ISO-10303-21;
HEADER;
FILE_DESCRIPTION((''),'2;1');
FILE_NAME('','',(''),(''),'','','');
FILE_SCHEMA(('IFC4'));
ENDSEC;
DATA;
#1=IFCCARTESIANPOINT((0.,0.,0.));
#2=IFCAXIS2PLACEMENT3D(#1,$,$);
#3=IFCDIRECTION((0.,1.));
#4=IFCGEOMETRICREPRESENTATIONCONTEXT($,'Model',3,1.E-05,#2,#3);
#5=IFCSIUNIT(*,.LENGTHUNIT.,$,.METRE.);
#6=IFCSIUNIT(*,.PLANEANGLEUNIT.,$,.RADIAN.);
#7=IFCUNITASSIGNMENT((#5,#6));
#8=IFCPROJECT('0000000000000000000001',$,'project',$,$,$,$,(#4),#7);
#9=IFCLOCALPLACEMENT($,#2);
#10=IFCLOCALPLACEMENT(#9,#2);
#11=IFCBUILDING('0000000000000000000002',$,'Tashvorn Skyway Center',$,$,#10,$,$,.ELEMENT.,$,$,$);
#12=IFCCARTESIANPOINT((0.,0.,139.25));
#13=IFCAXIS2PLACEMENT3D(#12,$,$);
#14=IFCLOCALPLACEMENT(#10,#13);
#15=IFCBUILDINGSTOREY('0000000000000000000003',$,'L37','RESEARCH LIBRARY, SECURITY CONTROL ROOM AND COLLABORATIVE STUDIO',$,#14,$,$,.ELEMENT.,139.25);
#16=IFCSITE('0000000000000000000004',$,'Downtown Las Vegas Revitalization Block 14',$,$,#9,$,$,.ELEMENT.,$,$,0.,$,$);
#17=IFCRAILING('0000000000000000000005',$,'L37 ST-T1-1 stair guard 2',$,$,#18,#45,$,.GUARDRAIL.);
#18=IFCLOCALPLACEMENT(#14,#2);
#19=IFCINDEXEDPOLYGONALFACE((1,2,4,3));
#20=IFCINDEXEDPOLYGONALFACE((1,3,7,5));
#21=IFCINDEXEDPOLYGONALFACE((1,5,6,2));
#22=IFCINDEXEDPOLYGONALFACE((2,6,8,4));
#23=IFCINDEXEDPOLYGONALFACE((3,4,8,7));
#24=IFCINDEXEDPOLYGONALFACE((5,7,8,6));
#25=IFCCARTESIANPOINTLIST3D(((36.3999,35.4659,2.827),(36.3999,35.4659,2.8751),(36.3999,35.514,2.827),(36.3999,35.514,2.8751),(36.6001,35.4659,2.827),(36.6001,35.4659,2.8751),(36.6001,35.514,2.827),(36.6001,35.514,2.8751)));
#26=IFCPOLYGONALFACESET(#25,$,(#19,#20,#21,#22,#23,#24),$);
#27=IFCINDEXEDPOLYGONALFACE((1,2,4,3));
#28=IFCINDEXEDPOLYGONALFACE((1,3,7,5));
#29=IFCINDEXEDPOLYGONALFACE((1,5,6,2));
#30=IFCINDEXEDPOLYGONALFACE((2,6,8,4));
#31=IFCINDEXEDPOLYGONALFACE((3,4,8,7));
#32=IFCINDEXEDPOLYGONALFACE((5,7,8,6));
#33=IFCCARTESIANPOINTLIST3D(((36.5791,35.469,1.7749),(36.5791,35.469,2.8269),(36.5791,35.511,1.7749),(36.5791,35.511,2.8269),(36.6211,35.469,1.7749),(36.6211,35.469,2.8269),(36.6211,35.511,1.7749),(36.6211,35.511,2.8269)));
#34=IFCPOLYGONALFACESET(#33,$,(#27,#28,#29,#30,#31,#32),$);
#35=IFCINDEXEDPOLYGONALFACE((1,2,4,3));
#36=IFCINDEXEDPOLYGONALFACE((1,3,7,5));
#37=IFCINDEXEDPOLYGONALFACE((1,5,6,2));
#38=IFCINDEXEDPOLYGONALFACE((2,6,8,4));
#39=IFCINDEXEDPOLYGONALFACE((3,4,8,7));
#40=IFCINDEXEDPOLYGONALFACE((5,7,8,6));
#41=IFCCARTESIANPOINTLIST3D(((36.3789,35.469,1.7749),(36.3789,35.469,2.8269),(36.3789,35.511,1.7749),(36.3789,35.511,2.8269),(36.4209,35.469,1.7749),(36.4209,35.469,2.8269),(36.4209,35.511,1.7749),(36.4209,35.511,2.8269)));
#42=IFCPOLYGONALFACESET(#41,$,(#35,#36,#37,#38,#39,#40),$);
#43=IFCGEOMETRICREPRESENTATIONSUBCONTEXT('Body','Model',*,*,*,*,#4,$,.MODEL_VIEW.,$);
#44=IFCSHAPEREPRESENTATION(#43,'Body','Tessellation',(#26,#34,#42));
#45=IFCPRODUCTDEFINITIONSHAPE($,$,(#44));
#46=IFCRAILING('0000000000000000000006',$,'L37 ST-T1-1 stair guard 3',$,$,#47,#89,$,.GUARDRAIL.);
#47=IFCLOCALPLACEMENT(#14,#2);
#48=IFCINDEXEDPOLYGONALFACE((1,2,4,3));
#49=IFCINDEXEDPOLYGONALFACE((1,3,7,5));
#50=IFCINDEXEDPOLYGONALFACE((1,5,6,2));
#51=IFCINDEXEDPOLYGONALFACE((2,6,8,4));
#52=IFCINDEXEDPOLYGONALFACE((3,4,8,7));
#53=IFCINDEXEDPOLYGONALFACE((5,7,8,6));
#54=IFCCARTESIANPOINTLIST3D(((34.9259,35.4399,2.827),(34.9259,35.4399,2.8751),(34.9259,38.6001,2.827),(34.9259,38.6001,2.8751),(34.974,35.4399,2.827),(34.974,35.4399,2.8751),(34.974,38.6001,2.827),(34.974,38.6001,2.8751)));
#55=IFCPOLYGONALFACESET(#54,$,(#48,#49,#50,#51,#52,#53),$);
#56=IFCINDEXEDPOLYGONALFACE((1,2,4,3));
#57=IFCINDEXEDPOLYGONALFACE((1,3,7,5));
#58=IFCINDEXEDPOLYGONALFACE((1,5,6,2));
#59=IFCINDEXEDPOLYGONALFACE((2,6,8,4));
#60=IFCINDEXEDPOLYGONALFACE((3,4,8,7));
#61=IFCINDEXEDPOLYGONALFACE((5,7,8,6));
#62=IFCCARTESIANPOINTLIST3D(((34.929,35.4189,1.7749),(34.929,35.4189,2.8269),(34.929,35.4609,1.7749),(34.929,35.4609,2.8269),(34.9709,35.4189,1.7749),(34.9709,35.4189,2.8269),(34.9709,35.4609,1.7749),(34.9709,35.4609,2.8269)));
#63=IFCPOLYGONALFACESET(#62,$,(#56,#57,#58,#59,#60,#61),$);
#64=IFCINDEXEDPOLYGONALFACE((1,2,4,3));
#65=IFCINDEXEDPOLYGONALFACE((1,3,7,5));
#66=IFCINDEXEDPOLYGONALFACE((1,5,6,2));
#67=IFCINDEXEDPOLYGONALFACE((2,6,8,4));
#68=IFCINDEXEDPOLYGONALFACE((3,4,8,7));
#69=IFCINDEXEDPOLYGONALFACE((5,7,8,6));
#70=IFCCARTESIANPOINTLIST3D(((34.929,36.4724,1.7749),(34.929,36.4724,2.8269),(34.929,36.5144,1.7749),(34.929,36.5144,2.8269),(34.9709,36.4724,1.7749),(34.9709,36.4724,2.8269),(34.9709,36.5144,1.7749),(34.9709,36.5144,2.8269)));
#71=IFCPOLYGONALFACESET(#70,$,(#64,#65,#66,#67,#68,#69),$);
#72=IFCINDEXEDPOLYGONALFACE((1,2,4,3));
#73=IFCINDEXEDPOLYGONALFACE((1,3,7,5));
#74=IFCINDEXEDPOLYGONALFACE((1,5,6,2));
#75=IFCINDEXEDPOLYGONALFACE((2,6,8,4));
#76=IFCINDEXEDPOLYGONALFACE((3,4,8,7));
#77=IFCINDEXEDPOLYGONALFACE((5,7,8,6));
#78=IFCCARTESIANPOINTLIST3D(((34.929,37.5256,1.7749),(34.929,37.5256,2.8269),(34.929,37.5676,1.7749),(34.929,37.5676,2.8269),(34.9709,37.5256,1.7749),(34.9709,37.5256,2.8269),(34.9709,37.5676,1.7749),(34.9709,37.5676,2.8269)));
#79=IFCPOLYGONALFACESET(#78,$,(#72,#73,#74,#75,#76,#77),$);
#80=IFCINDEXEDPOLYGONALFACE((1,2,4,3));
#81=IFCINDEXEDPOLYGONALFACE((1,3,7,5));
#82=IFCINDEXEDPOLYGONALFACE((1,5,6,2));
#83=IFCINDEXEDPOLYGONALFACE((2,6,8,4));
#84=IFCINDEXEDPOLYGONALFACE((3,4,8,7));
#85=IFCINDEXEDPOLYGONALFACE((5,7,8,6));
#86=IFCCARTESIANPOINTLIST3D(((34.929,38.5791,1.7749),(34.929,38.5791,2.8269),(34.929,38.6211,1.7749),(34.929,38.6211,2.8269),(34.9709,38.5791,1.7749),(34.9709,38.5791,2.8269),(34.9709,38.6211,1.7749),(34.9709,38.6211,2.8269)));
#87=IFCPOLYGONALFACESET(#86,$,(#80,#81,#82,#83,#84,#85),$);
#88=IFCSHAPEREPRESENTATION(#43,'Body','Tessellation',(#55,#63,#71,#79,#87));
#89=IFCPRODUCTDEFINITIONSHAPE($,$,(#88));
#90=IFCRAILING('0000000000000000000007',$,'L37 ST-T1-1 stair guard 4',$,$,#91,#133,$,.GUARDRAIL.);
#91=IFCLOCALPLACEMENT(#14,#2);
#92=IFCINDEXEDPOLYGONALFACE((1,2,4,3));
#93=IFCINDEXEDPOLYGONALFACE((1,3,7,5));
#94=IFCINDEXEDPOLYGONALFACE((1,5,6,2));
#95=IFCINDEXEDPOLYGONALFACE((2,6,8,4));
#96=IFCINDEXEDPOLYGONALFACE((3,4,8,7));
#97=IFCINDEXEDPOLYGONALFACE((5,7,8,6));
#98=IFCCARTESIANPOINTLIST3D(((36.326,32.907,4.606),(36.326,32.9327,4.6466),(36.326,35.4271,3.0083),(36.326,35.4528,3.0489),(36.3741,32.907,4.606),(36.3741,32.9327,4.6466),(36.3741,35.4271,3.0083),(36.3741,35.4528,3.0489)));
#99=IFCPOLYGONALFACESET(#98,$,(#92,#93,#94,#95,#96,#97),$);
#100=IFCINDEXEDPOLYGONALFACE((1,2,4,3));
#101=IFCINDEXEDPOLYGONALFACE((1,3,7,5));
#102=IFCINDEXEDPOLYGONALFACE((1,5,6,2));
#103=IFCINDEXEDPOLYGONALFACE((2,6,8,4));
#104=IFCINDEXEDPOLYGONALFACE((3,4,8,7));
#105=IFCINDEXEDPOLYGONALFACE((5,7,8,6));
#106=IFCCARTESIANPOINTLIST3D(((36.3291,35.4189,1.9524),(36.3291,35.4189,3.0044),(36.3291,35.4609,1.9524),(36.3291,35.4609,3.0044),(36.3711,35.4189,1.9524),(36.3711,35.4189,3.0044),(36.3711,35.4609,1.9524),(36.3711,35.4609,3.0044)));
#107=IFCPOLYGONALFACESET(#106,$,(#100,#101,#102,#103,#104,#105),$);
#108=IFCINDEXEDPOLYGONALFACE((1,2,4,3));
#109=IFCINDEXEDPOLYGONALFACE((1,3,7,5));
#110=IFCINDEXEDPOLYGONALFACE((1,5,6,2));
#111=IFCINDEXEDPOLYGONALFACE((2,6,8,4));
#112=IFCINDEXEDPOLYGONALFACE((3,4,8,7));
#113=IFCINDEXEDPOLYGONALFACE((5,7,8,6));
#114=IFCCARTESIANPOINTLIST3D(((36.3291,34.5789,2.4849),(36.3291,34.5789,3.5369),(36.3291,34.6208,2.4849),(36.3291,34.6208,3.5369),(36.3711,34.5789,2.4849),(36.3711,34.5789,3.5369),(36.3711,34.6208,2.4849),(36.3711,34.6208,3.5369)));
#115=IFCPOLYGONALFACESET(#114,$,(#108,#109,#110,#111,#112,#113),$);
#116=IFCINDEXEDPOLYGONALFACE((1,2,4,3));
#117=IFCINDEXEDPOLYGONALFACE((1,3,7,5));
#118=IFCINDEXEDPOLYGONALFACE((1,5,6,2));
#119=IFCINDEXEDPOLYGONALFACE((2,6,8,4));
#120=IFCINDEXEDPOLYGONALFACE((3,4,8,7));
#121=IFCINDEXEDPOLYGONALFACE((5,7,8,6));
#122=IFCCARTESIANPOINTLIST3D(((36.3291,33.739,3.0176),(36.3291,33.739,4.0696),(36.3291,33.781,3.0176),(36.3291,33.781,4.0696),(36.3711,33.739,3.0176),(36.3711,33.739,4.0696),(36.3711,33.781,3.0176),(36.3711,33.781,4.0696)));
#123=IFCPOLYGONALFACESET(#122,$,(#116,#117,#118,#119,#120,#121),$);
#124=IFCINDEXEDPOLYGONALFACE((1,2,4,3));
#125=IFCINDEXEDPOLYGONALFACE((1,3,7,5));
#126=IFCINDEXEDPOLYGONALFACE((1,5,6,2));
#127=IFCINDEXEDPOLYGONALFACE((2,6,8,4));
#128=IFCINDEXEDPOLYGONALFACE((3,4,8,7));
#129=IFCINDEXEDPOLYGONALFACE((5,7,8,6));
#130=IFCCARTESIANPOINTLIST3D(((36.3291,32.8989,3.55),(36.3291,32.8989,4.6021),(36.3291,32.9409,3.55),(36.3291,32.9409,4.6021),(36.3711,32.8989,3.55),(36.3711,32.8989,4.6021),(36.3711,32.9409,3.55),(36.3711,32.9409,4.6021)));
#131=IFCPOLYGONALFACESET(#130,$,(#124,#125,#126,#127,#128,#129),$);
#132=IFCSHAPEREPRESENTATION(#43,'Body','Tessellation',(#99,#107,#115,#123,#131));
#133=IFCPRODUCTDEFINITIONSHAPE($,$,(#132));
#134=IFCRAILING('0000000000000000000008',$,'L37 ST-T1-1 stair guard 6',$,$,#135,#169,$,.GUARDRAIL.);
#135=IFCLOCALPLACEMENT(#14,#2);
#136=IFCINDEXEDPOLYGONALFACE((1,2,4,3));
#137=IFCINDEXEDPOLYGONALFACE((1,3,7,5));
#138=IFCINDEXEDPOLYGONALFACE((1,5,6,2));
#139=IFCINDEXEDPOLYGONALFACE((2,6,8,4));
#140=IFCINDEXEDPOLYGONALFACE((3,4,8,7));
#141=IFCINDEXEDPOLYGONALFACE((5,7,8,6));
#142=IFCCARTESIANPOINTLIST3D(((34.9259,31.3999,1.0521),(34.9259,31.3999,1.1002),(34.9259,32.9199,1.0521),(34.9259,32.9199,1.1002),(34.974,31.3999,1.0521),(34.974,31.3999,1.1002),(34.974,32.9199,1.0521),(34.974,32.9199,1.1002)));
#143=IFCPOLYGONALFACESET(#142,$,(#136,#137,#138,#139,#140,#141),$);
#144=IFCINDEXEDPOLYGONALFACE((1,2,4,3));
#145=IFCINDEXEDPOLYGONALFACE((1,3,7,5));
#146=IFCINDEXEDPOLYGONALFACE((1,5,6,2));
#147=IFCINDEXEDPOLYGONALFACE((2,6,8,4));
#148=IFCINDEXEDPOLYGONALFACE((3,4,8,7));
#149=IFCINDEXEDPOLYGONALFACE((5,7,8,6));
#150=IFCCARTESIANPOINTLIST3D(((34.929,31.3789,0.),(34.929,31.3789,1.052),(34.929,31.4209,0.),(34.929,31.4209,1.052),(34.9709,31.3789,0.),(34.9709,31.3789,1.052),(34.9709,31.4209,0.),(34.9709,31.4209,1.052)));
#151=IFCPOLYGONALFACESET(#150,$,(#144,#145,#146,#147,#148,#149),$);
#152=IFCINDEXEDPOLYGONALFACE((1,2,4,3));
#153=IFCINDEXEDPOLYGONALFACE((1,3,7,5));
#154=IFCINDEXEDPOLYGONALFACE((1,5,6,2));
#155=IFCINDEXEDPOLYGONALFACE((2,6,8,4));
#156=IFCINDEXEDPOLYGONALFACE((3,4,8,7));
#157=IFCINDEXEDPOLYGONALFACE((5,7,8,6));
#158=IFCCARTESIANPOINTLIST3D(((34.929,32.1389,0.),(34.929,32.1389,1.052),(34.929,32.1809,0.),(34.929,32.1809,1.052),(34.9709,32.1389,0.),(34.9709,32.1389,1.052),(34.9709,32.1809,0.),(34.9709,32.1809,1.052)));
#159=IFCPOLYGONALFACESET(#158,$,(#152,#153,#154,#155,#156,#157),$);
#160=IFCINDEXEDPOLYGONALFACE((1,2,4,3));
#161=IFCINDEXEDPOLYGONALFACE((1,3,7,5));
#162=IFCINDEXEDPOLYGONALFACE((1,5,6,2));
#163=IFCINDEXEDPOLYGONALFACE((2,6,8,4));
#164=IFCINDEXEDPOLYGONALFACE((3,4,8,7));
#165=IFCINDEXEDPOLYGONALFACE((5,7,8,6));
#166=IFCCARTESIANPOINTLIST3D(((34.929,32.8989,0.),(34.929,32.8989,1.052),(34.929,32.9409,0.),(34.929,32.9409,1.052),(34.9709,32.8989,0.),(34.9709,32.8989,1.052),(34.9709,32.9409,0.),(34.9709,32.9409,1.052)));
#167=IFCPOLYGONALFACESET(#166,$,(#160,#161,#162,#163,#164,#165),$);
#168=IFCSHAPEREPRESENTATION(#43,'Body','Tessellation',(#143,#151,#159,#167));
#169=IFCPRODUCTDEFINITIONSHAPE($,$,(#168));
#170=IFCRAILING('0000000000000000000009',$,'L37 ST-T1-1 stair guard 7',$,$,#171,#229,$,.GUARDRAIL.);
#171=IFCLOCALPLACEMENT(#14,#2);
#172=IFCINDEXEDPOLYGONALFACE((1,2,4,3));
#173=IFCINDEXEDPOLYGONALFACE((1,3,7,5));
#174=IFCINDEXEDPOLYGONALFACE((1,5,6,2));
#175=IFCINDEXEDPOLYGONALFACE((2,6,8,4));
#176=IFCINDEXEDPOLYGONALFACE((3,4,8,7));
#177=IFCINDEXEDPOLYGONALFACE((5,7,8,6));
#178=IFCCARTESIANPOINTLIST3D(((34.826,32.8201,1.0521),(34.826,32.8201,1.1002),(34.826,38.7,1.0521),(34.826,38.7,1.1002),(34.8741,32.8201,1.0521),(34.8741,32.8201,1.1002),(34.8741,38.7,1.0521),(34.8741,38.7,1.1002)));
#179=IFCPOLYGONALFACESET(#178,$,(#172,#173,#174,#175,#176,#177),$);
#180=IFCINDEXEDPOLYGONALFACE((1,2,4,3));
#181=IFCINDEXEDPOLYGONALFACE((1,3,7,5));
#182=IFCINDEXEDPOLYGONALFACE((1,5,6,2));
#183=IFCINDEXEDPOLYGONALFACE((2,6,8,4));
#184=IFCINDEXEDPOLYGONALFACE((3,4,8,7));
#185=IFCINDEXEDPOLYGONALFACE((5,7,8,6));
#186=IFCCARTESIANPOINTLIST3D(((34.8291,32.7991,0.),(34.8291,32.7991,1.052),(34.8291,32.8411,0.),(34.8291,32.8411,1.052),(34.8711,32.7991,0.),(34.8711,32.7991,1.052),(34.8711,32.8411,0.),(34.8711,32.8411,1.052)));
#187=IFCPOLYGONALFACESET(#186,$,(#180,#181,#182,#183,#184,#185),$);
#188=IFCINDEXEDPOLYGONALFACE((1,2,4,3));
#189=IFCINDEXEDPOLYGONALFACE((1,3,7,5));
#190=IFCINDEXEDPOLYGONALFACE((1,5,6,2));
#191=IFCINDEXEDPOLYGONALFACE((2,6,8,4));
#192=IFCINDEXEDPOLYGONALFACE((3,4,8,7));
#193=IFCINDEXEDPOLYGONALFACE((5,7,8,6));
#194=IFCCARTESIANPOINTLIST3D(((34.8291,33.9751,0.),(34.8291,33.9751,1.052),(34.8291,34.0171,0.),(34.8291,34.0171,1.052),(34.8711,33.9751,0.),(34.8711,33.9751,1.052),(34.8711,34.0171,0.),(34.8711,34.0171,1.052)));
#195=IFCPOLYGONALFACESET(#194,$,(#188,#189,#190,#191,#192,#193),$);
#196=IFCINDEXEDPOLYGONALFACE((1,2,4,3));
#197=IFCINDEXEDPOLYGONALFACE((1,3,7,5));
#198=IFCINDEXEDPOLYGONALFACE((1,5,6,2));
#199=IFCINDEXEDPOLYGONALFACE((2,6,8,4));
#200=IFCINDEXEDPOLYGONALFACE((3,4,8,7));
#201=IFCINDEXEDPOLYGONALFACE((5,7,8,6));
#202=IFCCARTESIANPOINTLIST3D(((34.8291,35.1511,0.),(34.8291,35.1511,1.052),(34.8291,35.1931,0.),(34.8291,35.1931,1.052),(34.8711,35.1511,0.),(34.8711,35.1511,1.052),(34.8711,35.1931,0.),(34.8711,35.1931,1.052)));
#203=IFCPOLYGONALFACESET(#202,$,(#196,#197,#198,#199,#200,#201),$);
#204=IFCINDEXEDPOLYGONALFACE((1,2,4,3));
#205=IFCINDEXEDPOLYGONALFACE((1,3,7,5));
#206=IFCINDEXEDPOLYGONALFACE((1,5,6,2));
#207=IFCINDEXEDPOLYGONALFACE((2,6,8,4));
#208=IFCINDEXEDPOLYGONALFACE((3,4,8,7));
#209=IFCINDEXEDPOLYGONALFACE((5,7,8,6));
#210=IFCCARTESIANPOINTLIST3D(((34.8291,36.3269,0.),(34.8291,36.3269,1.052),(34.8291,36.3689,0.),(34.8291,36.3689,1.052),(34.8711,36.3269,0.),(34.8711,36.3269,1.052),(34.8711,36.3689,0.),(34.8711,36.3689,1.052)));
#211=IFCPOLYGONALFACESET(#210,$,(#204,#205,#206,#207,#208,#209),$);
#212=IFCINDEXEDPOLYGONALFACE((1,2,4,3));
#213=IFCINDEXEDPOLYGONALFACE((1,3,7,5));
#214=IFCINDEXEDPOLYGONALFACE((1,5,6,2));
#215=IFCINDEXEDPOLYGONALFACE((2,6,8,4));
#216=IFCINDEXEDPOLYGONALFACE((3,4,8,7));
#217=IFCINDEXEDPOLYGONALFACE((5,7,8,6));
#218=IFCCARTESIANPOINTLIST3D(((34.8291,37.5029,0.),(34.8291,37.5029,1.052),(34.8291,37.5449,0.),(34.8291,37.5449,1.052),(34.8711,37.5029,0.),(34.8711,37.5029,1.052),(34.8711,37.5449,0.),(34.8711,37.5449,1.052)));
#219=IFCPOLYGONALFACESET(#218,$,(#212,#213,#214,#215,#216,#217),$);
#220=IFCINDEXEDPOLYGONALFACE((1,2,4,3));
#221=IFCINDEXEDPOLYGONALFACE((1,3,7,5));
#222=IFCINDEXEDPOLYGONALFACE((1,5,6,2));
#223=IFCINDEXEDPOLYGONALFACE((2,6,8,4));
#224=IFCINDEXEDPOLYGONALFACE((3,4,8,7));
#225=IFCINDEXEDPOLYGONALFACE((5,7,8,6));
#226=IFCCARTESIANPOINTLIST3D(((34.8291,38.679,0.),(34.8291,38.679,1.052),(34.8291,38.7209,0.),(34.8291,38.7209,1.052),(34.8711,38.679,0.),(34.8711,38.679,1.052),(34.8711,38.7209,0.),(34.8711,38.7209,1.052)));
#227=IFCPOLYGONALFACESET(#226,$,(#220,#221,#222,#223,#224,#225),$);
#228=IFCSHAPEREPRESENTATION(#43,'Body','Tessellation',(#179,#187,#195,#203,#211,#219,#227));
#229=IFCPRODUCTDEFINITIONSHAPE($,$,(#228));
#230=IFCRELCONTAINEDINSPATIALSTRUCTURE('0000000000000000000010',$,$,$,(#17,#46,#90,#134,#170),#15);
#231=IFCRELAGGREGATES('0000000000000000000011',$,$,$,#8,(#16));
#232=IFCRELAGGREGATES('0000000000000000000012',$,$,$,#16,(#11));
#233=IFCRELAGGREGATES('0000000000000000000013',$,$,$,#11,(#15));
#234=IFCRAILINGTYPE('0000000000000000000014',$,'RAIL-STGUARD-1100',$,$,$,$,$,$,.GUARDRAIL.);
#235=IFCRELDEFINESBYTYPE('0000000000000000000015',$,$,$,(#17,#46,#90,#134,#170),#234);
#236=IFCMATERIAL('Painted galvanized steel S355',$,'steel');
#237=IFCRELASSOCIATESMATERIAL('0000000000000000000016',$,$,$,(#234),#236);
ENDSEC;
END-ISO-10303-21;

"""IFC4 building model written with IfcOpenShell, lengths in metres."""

from ifc_helpers import new_model, si_unit, direction, frame, origin, origin_2d, place, context, subcontext, project, spatial, rectangle, extrude, material, type_object, element, save


model = new_model("IFC4")

# Units and contexts
model_context = context("Model", 3, precision=1e-05, world=origin(), true_north=direction((0.0, 1.0)))
body_context = subcontext(model_context, "Body", "Model", "MODEL_VIEW")
ifc_project = project(units=[si_unit("LENGTHUNIT", "METRE"), si_unit("PLANEANGLEUNIT", "RADIAN")], contexts=[model_context])

# Site, building, storey
site_placement = place(None, origin())
site = spatial("IfcSite", under=ifc_project, at=site_placement, Name="Downtown Las Vegas Revitalization Block 14", CompositionType="ELEMENT", RefElevation=0.0)
building_placement = place(site_placement, origin())
building = spatial("IfcBuilding", under=site, at=building_placement, Name="Tashvorn Skyway Center", CompositionType="ELEMENT")
storey_placement = place(building_placement, frame((0.0, 0.0, 139.25)))
storey = spatial("IfcBuildingStorey", under=building, at=storey_placement, Name="L37", Description="RESEARCH LIBRARY, SECURITY CONTROL ROOM AND COLLABORATIVE STUDIO", CompositionType="ELEMENT", Elevation=139.25)

# Railings
ifc_material_1 = material(Name="Painted galvanized steel S355", Category="steel")
railing_type_1 = type_object("IfcRailingType", Name="RAIL-STGUARD-1100", PredefinedType="GUARDRAIL", material=ifc_material_1)
railing_1_placement = place(storey_placement, frame((36.6001, 35.49, 1.7749)))
element("IfcRailing", 1, at=railing_1_placement, inside=storey, type_object=railing_type_1, Name="L37 ST-T1-1 stair guard 2", PredefinedType="GUARDRAIL", context=body_context, shape_type="SweptSolid", body=[
    extrude(rectangle(XDim=0.0481, YDim=0.0481, at=origin_2d()), frame((0.0, 0.0, 1.0762), z_axis=(-1.0, 0.0, 0.0), x_axis=(0.0, -1.0, 0.0)), (0.0, 0.0, 1.0), 0.2002),
    extrude(rectangle(XDim=0.042, YDim=0.042, at=origin_2d()), origin(), (0.0, 0.0, 1.0), 1.052),
    extrude(rectangle(XDim=0.042, YDim=0.042, at=origin_2d()), frame((-0.2002, 0.0, 0.0)), (0.0, 0.0, 1.0), 1.052),
])
railing_2_placement = place(storey_placement, frame((34.95, 35.4399, 1.7749)))
element("IfcRailing", 2, at=railing_2_placement, inside=storey, type_object=railing_type_1, Name="L37 ST-T1-1 stair guard 3", PredefinedType="GUARDRAIL", context=body_context, shape_type="SweptSolid", body=[
    extrude(rectangle(XDim=0.0481, YDim=0.0481, at=origin_2d()), frame((0.0, 0.0, 1.0762), z_axis=(0.0, 1.0, 0.0), x_axis=(-1.0, 0.0, 0.0)), (0.0, 0.0, 1.0), 3.1602),
    extrude(rectangle(XDim=0.042, YDim=0.042, at=origin_2d()), origin(), (0.0, 0.0, 1.0), 1.052),
    extrude(rectangle(XDim=0.042, YDim=0.042, at=origin_2d()), frame((0.0, 1.0535, 0.0)), (0.0, 0.0, 1.0), 1.052),
    extrude(rectangle(XDim=0.042, YDim=0.042, at=origin_2d()), frame((0.0, 2.1067, 0.0)), (0.0, 0.0, 1.0), 1.052),
    extrude(rectangle(XDim=0.042, YDim=0.042, at=origin_2d()), frame((0.0, 3.1602, 0.0)), (0.0, 0.0, 1.0), 1.052),
])
railing_3_placement = place(storey_placement, frame((36.3501, 35.4399, 1.9524)))
element("IfcRailing", 3, at=railing_3_placement, inside=storey, type_object=railing_type_1, Name="L37 ST-T1-1 stair guard 4", PredefinedType="GUARDRAIL", context=body_context, shape_type="SweptSolid", body=[
    extrude(rectangle(XDim=0.0481, YDim=0.0481, at=origin_2d()), frame((0.0, 0.0, 1.0762), z_axis=(0.0, -0.84457, 0.535445), x_axis=(1.0, 0.0, 0.0)), (0.0, 0.0, 1.0), 2.9839),
    extrude(rectangle(XDim=0.042, YDim=0.042, at=origin_2d()), origin(), (0.0, 0.0, 1.0), 1.052),
    extrude(rectangle(XDim=0.042, YDim=0.042, at=origin_2d()), frame((0.0, -0.8401, 0.5325)), (0.0, 0.0, 1.0), 1.052),
    extrude(rectangle(XDim=0.042, YDim=0.042, at=origin_2d()), frame((0.0, -1.6799, 1.0652)), (0.0, 0.0, 1.0), 1.052),
    extrude(rectangle(XDim=0.042, YDim=0.042, at=origin_2d()), frame((0.0, -2.52, 1.5977)), (0.0, 0.0, 1.0), 1.052),
])
railing_4_placement = place(storey_placement, frame((34.95, 31.3999, 0.0)))
element("IfcRailing", 4, at=railing_4_placement, inside=storey, type_object=railing_type_1, Name="L37 ST-T1-1 stair guard 6", PredefinedType="GUARDRAIL", context=body_context, shape_type="SweptSolid", body=[
    extrude(rectangle(XDim=0.0481, YDim=0.0481, at=origin_2d()), frame((0.0, 0.0, 1.0762), z_axis=(0.0, 1.0, 0.0), x_axis=(-1.0, 0.0, 0.0)), (0.0, 0.0, 1.0), 1.52),
    extrude(rectangle(XDim=0.042, YDim=0.042, at=origin_2d()), origin(), (0.0, 0.0, 1.0), 1.052),
    extrude(rectangle(XDim=0.042, YDim=0.042, at=origin_2d()), frame((0.0, 0.76, 0.0)), (0.0, 0.0, 1.0), 1.052),
    extrude(rectangle(XDim=0.042, YDim=0.042, at=origin_2d()), frame((0.0, 1.52, 0.0)), (0.0, 0.0, 1.0), 1.052),
])
railing_5_placement = place(storey_placement, frame((34.8501, 32.8201, 0.0)))
element("IfcRailing", 5, at=railing_5_placement, inside=storey, type_object=railing_type_1, Name="L37 ST-T1-1 stair guard 7", PredefinedType="GUARDRAIL", context=body_context, shape_type="SweptSolid", body=[
    extrude(rectangle(XDim=0.0481, YDim=0.0481, at=origin_2d()), frame((0.0, 0.0, 1.0762), z_axis=(0.0, 1.0, 0.0), x_axis=(-1.0, 0.0, 0.0)), (0.0, 0.0, 1.0), 5.8799),
    extrude(rectangle(XDim=0.042, YDim=0.042, at=origin_2d()), origin(), (0.0, 0.0, 1.0), 1.052),
    extrude(rectangle(XDim=0.042, YDim=0.042, at=origin_2d()), frame((0.0, 1.176, 0.0)), (0.0, 0.0, 1.0), 1.052),
    extrude(rectangle(XDim=0.042, YDim=0.042, at=origin_2d()), frame((0.0, 2.3521, 0.0)), (0.0, 0.0, 1.0), 1.052),
    extrude(rectangle(XDim=0.042, YDim=0.042, at=origin_2d()), frame((0.0, 3.5278, 0.0)), (0.0, 0.0, 1.0), 1.052),
    extrude(rectangle(XDim=0.042, YDim=0.042, at=origin_2d()), frame((0.0, 4.7039, 0.0)), (0.0, 0.0, 1.0), 1.052),
    extrude(rectangle(XDim=0.042, YDim=0.042, at=origin_2d()), frame((0.0, 5.8799, 0.0)), (0.0, 0.0, 1.0), 1.052),
])

save(model, "model.ifc")
